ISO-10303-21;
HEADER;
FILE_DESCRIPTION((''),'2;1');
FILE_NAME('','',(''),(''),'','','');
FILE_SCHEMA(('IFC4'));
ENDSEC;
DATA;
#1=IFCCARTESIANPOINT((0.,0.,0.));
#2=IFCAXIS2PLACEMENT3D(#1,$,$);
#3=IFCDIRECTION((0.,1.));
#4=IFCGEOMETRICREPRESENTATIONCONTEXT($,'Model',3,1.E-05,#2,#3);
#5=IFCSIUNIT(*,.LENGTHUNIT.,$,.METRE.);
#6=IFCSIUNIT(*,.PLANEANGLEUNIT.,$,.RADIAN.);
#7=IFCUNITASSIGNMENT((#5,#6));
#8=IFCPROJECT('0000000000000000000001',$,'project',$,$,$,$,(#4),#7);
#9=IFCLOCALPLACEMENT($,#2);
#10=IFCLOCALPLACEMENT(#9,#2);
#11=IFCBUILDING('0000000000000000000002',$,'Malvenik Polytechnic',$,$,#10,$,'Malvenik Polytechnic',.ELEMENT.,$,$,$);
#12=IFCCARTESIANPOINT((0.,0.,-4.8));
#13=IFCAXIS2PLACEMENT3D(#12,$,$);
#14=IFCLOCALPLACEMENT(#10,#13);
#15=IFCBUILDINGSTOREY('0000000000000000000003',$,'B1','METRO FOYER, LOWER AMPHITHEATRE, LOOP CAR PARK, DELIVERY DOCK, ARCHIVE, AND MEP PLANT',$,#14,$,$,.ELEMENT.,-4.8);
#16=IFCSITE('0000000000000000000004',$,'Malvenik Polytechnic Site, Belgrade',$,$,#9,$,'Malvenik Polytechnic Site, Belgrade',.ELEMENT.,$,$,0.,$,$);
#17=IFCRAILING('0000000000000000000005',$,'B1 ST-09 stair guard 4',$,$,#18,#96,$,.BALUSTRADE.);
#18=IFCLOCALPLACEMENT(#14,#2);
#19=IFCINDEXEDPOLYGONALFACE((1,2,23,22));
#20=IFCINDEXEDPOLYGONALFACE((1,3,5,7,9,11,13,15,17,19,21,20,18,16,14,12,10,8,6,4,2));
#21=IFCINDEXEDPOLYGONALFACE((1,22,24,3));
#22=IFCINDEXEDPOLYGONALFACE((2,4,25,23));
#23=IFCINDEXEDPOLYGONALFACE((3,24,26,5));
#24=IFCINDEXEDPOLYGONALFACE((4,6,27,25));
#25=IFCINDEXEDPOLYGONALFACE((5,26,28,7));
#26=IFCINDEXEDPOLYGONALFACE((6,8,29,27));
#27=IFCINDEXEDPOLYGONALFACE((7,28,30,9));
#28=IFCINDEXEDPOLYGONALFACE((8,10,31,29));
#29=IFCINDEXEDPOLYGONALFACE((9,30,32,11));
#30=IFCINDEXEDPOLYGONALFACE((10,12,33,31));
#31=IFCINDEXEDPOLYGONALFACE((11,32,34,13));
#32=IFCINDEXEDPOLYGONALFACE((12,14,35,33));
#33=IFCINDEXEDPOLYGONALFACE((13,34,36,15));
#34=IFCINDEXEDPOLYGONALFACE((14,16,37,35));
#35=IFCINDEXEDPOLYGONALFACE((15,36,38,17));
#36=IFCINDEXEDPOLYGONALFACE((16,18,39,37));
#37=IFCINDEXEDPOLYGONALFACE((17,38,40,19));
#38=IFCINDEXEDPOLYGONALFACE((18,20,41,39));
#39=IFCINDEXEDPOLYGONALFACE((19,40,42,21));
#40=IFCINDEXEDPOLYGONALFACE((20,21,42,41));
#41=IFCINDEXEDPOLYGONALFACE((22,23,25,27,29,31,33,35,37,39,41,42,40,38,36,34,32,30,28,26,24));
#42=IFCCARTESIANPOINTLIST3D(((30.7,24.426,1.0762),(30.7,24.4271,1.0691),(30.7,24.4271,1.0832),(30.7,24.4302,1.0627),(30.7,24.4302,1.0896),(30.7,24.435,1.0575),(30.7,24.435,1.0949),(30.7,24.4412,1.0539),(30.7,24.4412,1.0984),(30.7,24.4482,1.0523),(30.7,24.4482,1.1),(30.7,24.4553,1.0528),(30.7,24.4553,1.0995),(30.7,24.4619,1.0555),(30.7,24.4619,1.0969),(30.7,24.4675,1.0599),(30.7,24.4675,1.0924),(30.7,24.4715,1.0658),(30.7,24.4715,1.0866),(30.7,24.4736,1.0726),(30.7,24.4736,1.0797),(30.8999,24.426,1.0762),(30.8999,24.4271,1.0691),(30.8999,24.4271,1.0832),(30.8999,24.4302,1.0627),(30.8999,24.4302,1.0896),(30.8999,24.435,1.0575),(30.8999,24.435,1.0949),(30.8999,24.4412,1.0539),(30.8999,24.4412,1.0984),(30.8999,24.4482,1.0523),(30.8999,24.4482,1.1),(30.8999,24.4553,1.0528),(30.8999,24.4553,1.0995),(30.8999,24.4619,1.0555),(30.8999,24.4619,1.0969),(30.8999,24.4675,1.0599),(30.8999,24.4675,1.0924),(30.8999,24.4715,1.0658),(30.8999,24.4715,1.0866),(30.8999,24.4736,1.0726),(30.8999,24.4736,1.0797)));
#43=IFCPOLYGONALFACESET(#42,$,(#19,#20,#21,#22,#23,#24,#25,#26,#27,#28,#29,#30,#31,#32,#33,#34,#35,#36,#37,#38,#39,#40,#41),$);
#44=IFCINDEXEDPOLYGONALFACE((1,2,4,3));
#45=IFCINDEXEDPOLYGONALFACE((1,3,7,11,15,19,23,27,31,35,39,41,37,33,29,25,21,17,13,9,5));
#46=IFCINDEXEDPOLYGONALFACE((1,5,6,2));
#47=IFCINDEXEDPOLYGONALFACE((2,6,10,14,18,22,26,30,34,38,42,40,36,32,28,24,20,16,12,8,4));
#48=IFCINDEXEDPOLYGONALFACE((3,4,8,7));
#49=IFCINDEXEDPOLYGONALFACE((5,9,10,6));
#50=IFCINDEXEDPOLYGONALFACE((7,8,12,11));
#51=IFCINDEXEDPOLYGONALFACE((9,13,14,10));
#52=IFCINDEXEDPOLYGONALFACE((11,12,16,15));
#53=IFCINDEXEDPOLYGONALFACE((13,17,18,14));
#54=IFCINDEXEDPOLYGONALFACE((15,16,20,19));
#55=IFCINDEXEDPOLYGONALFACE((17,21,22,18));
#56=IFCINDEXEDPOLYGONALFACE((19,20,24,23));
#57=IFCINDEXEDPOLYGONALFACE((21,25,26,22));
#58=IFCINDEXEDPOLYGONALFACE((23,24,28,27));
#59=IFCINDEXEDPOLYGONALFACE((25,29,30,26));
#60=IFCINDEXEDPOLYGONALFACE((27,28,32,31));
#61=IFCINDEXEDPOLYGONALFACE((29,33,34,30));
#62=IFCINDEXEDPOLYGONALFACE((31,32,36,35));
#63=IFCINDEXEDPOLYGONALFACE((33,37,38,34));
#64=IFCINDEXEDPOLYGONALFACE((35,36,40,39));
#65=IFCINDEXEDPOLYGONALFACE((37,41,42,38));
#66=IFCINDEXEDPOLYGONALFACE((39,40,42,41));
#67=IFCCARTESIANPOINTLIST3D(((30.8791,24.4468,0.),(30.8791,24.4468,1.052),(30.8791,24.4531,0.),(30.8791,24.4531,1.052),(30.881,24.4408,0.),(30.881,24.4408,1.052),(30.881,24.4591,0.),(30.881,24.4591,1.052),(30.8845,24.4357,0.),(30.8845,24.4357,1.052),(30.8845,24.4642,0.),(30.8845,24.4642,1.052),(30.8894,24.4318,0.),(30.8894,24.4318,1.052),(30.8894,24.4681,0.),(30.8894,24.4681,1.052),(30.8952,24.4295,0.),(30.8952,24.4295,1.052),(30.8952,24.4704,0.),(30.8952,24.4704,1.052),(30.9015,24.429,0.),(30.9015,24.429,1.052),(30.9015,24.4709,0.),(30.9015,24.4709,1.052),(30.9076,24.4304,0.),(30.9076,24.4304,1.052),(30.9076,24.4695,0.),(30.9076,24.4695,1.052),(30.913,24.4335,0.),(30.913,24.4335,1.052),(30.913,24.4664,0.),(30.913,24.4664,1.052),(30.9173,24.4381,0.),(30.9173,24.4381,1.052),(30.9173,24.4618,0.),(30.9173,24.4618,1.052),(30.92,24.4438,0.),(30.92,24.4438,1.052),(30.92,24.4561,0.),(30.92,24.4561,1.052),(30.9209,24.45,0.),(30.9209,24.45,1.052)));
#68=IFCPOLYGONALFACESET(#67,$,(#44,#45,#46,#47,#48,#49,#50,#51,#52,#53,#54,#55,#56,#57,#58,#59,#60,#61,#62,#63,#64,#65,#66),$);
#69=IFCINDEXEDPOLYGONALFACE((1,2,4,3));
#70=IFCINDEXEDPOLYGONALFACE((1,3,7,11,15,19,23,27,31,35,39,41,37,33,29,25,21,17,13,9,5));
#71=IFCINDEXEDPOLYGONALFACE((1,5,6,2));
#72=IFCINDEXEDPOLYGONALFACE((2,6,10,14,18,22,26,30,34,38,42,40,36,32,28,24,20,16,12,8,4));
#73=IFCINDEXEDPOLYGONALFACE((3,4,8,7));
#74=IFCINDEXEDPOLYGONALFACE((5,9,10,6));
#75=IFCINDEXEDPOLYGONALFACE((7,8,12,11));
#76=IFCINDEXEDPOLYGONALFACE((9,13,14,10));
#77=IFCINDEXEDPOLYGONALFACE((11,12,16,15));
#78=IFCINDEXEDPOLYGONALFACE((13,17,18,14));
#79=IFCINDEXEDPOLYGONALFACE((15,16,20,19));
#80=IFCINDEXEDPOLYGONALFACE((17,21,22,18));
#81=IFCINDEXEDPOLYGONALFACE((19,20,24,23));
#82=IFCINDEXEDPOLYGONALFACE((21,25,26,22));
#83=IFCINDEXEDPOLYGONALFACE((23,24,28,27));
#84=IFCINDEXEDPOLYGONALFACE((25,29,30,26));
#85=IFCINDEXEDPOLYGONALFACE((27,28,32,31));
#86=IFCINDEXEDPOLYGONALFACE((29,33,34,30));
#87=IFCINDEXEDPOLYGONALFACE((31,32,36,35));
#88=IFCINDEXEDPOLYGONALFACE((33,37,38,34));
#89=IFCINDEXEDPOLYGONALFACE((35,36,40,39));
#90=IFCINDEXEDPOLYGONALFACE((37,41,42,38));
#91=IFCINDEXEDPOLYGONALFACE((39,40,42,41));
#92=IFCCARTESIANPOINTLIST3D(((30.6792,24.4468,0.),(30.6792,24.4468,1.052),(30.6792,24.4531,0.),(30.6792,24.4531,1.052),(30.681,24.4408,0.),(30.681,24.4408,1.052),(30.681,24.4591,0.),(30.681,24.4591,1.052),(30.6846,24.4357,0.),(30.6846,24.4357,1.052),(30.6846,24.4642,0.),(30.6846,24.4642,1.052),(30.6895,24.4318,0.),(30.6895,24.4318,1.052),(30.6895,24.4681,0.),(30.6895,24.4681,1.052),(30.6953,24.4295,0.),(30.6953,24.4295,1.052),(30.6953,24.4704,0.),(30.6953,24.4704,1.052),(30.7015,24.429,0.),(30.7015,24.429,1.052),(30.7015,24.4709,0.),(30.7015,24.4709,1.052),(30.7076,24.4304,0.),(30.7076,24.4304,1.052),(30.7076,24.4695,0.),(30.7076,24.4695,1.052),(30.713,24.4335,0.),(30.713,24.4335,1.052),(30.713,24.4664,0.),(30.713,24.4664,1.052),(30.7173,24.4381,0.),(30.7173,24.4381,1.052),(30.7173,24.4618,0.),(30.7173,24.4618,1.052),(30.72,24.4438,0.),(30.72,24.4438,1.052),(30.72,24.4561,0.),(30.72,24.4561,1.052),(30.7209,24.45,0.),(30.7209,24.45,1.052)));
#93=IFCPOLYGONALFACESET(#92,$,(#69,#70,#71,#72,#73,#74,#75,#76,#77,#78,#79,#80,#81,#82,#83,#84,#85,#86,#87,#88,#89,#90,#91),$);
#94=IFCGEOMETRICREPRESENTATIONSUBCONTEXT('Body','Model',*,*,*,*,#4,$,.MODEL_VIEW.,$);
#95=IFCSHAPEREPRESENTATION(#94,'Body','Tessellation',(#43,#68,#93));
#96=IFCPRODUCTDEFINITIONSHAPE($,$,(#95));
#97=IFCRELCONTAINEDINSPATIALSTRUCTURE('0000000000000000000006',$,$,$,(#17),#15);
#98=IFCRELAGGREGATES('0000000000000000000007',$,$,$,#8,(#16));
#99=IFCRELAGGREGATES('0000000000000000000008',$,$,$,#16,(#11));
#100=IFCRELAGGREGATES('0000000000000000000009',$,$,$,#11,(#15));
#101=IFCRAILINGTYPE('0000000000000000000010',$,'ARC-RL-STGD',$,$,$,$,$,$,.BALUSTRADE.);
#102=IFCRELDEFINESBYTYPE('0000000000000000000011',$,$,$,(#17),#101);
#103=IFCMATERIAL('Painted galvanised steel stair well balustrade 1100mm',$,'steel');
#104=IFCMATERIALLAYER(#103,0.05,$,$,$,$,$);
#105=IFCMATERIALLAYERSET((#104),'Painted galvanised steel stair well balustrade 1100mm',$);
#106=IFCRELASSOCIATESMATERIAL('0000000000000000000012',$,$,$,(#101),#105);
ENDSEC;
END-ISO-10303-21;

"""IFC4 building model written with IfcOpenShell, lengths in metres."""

from ifc_helpers import new_model, si_unit, direction, frame, origin, origin_2d, place, context, subcontext, project, spatial, circle, extrude, material, layer, layer_set, type_object, element, save


model = new_model("IFC4")

# Units and contexts
model_context = context("Model", 3, precision=1e-05, world=origin(), true_north=direction((0.0, 1.0)))
body_context = subcontext(model_context, "Body", "Model", "MODEL_VIEW")
ifc_project = project(units=[si_unit("LENGTHUNIT", "METRE"), si_unit("PLANEANGLEUNIT", "RADIAN")], contexts=[model_context])

# Site, building, storey
site_placement = place(None, origin())
site = spatial("IfcSite", under=ifc_project, at=site_placement, Name="Malvenik Polytechnic Site, Belgrade", LongName="Malvenik Polytechnic Site, Belgrade", CompositionType="ELEMENT", RefElevation=0.0)
building_placement = place(site_placement, origin())
building = spatial("IfcBuilding", under=site, at=building_placement, Name="Malvenik Polytechnic", LongName="Malvenik Polytechnic", CompositionType="ELEMENT")
storey_placement = place(building_placement, frame((0.0, 0.0, -4.8)))
storey = spatial("IfcBuildingStorey", under=building, at=storey_placement, Name="B1", Description="METRO FOYER, LOWER AMPHITHEATRE, LOOP CAR PARK, DELIVERY DOCK, ARCHIVE, AND MEP PLANT", CompositionType="ELEMENT", Elevation=-4.8)

# Railing
ifc_material_1 = material(Name="Painted galvanised steel stair well balustrade 1100mm", Category="steel")
ifc_layer_1 = layer(ifc_material_1, 0.05)
ifc_layer_set_1 = layer_set([ifc_layer_1], Name="Painted galvanised steel stair well balustrade 1100mm")
railing_type = type_object("IfcRailingType", Name="ARC-RL-STGD", PredefinedType="BALUSTRADE", material=ifc_layer_set_1)
railing_placement = place(storey_placement, frame((30.8999, 24.45, 0.0)))
element("IfcRailing", 1, at=railing_placement, inside=storey, type_object=railing_type, Name="B1 ST-09 stair guard 4", PredefinedType="BALUSTRADE", context=body_context, shape_type="SweptSolid", body=[
    extrude(circle(Radius=0.0239, at=origin_2d()), frame((0.0, 0.0, 1.0762), z_axis=(-1.0, 0.0, 0.0), x_axis=(0.0, -1.0, 0.0)), (0.0, 0.0, 1.0), 0.2),
    extrude(circle(Radius=0.021, at=origin_2d()), origin(), (0.0, 0.0, 1.0), 1.052),
    extrude(circle(Radius=0.021, at=origin_2d()), frame((-0.2, 0.0, 0.0)), (0.0, 0.0, 1.0), 1.052),
])

save(model, "model.ifc")
